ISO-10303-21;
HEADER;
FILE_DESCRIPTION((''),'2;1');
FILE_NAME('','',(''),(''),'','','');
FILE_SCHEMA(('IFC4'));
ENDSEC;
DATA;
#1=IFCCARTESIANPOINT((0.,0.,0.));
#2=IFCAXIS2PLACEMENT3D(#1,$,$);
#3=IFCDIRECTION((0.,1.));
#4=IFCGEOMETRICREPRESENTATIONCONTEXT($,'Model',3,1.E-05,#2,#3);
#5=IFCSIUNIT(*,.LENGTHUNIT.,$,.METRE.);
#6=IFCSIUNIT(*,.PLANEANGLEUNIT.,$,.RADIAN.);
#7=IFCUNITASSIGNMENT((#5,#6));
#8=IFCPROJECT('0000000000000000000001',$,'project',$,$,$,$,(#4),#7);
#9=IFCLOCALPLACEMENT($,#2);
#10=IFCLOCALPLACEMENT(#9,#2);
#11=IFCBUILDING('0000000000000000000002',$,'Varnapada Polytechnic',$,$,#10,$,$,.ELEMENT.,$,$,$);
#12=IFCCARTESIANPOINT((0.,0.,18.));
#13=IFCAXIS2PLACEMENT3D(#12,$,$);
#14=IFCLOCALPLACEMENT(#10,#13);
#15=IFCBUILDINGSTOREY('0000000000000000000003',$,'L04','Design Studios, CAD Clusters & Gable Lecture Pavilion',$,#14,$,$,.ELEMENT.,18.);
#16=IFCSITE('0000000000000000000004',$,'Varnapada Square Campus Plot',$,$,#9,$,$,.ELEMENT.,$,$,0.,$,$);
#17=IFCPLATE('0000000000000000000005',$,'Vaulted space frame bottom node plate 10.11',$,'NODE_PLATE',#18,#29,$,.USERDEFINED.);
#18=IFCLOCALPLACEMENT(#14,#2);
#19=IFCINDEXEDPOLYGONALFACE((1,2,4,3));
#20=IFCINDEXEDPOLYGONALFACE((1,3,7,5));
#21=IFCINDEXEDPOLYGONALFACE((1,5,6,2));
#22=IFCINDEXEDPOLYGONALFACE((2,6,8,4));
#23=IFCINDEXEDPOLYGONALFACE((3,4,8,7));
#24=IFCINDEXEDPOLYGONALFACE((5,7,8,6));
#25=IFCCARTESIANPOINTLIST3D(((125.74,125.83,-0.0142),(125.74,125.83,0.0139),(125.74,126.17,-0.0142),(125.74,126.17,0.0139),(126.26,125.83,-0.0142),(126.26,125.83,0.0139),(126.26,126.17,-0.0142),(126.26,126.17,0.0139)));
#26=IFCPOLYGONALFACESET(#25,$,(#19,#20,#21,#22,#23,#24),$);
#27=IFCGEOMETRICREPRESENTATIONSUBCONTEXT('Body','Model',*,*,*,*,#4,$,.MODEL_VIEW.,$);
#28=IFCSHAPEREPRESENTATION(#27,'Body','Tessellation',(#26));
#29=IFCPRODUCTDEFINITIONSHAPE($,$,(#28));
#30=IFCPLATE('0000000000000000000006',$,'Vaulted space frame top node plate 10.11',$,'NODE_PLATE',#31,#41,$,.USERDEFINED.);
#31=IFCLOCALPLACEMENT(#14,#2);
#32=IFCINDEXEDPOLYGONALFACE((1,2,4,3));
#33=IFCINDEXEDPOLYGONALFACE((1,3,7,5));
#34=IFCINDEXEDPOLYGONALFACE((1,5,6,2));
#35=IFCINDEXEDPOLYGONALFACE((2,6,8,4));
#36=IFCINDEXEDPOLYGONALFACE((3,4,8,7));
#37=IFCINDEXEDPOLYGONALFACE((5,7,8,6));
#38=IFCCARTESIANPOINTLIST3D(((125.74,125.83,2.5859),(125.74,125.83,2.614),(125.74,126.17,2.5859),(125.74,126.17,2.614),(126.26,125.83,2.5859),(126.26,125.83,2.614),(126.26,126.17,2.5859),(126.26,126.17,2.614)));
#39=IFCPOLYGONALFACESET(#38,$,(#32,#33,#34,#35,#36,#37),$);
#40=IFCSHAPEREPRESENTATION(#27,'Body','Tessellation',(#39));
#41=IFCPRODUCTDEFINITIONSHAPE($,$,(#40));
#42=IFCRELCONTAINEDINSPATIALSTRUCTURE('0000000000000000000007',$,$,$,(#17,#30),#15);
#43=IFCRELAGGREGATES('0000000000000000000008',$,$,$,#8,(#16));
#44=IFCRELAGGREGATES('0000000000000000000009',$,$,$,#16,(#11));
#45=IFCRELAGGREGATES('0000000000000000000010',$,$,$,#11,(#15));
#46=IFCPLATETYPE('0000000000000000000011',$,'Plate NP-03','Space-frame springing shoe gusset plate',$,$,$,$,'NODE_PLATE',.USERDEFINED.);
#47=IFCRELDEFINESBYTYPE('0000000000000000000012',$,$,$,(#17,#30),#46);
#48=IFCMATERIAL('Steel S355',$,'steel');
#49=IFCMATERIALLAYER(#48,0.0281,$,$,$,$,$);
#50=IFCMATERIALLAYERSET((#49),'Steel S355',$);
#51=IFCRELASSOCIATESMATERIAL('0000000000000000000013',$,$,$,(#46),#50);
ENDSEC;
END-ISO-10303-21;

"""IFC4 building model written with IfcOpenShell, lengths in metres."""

from ifc_helpers import new_model, si_unit, direction, frame, origin, origin_2d, place, context, subcontext, project, spatial, rectangle, extrude, material, layer, layer_set, type_object, element, save


model = new_model("IFC4")

# Units and contexts
model_context = context("Model", 3, precision=1e-05, world=origin(), true_north=direction((0.0, 1.0)))
body_context = subcontext(model_context, "Body", "Model", "MODEL_VIEW")
ifc_project = project(units=[si_unit("LENGTHUNIT", "METRE"), si_unit("PLANEANGLEUNIT", "RADIAN")], contexts=[model_context])

# Site, building, storey
site_placement = place(None, origin())
site = spatial("IfcSite", under=ifc_project, at=site_placement, Name="Varnapada Square Campus Plot", CompositionType="ELEMENT", RefElevation=0.0)
building_placement = place(site_placement, origin())
building = spatial("IfcBuilding", under=site, at=building_placement, Name="Varnapada Polytechnic", CompositionType="ELEMENT")
storey_placement = place(building_placement, frame((0.0, 0.0, 18.0)))
storey = spatial("IfcBuildingStorey", under=building, at=storey_placement, Name="L04", Description="Design Studios, CAD Clusters & Gable Lecture Pavilion", CompositionType="ELEMENT", Elevation=18.0)

# Shared definitions
ifc_material = material(Name="Steel S355", Category="steel")

# Plates
ifc_layer_1 = layer(ifc_material, 0.0281)
ifc_layer_set_1 = layer_set([ifc_layer_1], Name="Steel S355")
plate_type_1 = type_object("IfcPlateType", Name="Plate NP-03", Description="Space-frame springing shoe gusset plate", ElementType="NODE_PLATE", PredefinedType="USERDEFINED", material=ifc_layer_set_1)
for number, where, z_axis, x_axis, name in (
    (1, (126.0, 126.0, -0.0142), (0.0, 0.0, 1.0), (1.0, 0.0, 0.0), "Vaulted space frame bottom node plate 10.11"),
    (2, (126.0, 126.0, 2.5859), (0.0, 0.0, 1.0), (1.0, 0.0, 0.0), "Vaulted space frame top node plate 10.11"),
):
    element("IfcPlate", number, at=place(storey_placement, frame(where, z_axis=z_axis, x_axis=x_axis)), inside=storey, type_object=plate_type_1, Name=name, ObjectType="NODE_PLATE", PredefinedType="USERDEFINED", context=body_context, shape_type="SweptSolid", body=[
        extrude(rectangle(XDim=0.52, YDim=0.3401, at=origin_2d()), origin(), (0.0, 0.0, 1.0), 0.0281),
    ])

save(model, "model.ifc")
